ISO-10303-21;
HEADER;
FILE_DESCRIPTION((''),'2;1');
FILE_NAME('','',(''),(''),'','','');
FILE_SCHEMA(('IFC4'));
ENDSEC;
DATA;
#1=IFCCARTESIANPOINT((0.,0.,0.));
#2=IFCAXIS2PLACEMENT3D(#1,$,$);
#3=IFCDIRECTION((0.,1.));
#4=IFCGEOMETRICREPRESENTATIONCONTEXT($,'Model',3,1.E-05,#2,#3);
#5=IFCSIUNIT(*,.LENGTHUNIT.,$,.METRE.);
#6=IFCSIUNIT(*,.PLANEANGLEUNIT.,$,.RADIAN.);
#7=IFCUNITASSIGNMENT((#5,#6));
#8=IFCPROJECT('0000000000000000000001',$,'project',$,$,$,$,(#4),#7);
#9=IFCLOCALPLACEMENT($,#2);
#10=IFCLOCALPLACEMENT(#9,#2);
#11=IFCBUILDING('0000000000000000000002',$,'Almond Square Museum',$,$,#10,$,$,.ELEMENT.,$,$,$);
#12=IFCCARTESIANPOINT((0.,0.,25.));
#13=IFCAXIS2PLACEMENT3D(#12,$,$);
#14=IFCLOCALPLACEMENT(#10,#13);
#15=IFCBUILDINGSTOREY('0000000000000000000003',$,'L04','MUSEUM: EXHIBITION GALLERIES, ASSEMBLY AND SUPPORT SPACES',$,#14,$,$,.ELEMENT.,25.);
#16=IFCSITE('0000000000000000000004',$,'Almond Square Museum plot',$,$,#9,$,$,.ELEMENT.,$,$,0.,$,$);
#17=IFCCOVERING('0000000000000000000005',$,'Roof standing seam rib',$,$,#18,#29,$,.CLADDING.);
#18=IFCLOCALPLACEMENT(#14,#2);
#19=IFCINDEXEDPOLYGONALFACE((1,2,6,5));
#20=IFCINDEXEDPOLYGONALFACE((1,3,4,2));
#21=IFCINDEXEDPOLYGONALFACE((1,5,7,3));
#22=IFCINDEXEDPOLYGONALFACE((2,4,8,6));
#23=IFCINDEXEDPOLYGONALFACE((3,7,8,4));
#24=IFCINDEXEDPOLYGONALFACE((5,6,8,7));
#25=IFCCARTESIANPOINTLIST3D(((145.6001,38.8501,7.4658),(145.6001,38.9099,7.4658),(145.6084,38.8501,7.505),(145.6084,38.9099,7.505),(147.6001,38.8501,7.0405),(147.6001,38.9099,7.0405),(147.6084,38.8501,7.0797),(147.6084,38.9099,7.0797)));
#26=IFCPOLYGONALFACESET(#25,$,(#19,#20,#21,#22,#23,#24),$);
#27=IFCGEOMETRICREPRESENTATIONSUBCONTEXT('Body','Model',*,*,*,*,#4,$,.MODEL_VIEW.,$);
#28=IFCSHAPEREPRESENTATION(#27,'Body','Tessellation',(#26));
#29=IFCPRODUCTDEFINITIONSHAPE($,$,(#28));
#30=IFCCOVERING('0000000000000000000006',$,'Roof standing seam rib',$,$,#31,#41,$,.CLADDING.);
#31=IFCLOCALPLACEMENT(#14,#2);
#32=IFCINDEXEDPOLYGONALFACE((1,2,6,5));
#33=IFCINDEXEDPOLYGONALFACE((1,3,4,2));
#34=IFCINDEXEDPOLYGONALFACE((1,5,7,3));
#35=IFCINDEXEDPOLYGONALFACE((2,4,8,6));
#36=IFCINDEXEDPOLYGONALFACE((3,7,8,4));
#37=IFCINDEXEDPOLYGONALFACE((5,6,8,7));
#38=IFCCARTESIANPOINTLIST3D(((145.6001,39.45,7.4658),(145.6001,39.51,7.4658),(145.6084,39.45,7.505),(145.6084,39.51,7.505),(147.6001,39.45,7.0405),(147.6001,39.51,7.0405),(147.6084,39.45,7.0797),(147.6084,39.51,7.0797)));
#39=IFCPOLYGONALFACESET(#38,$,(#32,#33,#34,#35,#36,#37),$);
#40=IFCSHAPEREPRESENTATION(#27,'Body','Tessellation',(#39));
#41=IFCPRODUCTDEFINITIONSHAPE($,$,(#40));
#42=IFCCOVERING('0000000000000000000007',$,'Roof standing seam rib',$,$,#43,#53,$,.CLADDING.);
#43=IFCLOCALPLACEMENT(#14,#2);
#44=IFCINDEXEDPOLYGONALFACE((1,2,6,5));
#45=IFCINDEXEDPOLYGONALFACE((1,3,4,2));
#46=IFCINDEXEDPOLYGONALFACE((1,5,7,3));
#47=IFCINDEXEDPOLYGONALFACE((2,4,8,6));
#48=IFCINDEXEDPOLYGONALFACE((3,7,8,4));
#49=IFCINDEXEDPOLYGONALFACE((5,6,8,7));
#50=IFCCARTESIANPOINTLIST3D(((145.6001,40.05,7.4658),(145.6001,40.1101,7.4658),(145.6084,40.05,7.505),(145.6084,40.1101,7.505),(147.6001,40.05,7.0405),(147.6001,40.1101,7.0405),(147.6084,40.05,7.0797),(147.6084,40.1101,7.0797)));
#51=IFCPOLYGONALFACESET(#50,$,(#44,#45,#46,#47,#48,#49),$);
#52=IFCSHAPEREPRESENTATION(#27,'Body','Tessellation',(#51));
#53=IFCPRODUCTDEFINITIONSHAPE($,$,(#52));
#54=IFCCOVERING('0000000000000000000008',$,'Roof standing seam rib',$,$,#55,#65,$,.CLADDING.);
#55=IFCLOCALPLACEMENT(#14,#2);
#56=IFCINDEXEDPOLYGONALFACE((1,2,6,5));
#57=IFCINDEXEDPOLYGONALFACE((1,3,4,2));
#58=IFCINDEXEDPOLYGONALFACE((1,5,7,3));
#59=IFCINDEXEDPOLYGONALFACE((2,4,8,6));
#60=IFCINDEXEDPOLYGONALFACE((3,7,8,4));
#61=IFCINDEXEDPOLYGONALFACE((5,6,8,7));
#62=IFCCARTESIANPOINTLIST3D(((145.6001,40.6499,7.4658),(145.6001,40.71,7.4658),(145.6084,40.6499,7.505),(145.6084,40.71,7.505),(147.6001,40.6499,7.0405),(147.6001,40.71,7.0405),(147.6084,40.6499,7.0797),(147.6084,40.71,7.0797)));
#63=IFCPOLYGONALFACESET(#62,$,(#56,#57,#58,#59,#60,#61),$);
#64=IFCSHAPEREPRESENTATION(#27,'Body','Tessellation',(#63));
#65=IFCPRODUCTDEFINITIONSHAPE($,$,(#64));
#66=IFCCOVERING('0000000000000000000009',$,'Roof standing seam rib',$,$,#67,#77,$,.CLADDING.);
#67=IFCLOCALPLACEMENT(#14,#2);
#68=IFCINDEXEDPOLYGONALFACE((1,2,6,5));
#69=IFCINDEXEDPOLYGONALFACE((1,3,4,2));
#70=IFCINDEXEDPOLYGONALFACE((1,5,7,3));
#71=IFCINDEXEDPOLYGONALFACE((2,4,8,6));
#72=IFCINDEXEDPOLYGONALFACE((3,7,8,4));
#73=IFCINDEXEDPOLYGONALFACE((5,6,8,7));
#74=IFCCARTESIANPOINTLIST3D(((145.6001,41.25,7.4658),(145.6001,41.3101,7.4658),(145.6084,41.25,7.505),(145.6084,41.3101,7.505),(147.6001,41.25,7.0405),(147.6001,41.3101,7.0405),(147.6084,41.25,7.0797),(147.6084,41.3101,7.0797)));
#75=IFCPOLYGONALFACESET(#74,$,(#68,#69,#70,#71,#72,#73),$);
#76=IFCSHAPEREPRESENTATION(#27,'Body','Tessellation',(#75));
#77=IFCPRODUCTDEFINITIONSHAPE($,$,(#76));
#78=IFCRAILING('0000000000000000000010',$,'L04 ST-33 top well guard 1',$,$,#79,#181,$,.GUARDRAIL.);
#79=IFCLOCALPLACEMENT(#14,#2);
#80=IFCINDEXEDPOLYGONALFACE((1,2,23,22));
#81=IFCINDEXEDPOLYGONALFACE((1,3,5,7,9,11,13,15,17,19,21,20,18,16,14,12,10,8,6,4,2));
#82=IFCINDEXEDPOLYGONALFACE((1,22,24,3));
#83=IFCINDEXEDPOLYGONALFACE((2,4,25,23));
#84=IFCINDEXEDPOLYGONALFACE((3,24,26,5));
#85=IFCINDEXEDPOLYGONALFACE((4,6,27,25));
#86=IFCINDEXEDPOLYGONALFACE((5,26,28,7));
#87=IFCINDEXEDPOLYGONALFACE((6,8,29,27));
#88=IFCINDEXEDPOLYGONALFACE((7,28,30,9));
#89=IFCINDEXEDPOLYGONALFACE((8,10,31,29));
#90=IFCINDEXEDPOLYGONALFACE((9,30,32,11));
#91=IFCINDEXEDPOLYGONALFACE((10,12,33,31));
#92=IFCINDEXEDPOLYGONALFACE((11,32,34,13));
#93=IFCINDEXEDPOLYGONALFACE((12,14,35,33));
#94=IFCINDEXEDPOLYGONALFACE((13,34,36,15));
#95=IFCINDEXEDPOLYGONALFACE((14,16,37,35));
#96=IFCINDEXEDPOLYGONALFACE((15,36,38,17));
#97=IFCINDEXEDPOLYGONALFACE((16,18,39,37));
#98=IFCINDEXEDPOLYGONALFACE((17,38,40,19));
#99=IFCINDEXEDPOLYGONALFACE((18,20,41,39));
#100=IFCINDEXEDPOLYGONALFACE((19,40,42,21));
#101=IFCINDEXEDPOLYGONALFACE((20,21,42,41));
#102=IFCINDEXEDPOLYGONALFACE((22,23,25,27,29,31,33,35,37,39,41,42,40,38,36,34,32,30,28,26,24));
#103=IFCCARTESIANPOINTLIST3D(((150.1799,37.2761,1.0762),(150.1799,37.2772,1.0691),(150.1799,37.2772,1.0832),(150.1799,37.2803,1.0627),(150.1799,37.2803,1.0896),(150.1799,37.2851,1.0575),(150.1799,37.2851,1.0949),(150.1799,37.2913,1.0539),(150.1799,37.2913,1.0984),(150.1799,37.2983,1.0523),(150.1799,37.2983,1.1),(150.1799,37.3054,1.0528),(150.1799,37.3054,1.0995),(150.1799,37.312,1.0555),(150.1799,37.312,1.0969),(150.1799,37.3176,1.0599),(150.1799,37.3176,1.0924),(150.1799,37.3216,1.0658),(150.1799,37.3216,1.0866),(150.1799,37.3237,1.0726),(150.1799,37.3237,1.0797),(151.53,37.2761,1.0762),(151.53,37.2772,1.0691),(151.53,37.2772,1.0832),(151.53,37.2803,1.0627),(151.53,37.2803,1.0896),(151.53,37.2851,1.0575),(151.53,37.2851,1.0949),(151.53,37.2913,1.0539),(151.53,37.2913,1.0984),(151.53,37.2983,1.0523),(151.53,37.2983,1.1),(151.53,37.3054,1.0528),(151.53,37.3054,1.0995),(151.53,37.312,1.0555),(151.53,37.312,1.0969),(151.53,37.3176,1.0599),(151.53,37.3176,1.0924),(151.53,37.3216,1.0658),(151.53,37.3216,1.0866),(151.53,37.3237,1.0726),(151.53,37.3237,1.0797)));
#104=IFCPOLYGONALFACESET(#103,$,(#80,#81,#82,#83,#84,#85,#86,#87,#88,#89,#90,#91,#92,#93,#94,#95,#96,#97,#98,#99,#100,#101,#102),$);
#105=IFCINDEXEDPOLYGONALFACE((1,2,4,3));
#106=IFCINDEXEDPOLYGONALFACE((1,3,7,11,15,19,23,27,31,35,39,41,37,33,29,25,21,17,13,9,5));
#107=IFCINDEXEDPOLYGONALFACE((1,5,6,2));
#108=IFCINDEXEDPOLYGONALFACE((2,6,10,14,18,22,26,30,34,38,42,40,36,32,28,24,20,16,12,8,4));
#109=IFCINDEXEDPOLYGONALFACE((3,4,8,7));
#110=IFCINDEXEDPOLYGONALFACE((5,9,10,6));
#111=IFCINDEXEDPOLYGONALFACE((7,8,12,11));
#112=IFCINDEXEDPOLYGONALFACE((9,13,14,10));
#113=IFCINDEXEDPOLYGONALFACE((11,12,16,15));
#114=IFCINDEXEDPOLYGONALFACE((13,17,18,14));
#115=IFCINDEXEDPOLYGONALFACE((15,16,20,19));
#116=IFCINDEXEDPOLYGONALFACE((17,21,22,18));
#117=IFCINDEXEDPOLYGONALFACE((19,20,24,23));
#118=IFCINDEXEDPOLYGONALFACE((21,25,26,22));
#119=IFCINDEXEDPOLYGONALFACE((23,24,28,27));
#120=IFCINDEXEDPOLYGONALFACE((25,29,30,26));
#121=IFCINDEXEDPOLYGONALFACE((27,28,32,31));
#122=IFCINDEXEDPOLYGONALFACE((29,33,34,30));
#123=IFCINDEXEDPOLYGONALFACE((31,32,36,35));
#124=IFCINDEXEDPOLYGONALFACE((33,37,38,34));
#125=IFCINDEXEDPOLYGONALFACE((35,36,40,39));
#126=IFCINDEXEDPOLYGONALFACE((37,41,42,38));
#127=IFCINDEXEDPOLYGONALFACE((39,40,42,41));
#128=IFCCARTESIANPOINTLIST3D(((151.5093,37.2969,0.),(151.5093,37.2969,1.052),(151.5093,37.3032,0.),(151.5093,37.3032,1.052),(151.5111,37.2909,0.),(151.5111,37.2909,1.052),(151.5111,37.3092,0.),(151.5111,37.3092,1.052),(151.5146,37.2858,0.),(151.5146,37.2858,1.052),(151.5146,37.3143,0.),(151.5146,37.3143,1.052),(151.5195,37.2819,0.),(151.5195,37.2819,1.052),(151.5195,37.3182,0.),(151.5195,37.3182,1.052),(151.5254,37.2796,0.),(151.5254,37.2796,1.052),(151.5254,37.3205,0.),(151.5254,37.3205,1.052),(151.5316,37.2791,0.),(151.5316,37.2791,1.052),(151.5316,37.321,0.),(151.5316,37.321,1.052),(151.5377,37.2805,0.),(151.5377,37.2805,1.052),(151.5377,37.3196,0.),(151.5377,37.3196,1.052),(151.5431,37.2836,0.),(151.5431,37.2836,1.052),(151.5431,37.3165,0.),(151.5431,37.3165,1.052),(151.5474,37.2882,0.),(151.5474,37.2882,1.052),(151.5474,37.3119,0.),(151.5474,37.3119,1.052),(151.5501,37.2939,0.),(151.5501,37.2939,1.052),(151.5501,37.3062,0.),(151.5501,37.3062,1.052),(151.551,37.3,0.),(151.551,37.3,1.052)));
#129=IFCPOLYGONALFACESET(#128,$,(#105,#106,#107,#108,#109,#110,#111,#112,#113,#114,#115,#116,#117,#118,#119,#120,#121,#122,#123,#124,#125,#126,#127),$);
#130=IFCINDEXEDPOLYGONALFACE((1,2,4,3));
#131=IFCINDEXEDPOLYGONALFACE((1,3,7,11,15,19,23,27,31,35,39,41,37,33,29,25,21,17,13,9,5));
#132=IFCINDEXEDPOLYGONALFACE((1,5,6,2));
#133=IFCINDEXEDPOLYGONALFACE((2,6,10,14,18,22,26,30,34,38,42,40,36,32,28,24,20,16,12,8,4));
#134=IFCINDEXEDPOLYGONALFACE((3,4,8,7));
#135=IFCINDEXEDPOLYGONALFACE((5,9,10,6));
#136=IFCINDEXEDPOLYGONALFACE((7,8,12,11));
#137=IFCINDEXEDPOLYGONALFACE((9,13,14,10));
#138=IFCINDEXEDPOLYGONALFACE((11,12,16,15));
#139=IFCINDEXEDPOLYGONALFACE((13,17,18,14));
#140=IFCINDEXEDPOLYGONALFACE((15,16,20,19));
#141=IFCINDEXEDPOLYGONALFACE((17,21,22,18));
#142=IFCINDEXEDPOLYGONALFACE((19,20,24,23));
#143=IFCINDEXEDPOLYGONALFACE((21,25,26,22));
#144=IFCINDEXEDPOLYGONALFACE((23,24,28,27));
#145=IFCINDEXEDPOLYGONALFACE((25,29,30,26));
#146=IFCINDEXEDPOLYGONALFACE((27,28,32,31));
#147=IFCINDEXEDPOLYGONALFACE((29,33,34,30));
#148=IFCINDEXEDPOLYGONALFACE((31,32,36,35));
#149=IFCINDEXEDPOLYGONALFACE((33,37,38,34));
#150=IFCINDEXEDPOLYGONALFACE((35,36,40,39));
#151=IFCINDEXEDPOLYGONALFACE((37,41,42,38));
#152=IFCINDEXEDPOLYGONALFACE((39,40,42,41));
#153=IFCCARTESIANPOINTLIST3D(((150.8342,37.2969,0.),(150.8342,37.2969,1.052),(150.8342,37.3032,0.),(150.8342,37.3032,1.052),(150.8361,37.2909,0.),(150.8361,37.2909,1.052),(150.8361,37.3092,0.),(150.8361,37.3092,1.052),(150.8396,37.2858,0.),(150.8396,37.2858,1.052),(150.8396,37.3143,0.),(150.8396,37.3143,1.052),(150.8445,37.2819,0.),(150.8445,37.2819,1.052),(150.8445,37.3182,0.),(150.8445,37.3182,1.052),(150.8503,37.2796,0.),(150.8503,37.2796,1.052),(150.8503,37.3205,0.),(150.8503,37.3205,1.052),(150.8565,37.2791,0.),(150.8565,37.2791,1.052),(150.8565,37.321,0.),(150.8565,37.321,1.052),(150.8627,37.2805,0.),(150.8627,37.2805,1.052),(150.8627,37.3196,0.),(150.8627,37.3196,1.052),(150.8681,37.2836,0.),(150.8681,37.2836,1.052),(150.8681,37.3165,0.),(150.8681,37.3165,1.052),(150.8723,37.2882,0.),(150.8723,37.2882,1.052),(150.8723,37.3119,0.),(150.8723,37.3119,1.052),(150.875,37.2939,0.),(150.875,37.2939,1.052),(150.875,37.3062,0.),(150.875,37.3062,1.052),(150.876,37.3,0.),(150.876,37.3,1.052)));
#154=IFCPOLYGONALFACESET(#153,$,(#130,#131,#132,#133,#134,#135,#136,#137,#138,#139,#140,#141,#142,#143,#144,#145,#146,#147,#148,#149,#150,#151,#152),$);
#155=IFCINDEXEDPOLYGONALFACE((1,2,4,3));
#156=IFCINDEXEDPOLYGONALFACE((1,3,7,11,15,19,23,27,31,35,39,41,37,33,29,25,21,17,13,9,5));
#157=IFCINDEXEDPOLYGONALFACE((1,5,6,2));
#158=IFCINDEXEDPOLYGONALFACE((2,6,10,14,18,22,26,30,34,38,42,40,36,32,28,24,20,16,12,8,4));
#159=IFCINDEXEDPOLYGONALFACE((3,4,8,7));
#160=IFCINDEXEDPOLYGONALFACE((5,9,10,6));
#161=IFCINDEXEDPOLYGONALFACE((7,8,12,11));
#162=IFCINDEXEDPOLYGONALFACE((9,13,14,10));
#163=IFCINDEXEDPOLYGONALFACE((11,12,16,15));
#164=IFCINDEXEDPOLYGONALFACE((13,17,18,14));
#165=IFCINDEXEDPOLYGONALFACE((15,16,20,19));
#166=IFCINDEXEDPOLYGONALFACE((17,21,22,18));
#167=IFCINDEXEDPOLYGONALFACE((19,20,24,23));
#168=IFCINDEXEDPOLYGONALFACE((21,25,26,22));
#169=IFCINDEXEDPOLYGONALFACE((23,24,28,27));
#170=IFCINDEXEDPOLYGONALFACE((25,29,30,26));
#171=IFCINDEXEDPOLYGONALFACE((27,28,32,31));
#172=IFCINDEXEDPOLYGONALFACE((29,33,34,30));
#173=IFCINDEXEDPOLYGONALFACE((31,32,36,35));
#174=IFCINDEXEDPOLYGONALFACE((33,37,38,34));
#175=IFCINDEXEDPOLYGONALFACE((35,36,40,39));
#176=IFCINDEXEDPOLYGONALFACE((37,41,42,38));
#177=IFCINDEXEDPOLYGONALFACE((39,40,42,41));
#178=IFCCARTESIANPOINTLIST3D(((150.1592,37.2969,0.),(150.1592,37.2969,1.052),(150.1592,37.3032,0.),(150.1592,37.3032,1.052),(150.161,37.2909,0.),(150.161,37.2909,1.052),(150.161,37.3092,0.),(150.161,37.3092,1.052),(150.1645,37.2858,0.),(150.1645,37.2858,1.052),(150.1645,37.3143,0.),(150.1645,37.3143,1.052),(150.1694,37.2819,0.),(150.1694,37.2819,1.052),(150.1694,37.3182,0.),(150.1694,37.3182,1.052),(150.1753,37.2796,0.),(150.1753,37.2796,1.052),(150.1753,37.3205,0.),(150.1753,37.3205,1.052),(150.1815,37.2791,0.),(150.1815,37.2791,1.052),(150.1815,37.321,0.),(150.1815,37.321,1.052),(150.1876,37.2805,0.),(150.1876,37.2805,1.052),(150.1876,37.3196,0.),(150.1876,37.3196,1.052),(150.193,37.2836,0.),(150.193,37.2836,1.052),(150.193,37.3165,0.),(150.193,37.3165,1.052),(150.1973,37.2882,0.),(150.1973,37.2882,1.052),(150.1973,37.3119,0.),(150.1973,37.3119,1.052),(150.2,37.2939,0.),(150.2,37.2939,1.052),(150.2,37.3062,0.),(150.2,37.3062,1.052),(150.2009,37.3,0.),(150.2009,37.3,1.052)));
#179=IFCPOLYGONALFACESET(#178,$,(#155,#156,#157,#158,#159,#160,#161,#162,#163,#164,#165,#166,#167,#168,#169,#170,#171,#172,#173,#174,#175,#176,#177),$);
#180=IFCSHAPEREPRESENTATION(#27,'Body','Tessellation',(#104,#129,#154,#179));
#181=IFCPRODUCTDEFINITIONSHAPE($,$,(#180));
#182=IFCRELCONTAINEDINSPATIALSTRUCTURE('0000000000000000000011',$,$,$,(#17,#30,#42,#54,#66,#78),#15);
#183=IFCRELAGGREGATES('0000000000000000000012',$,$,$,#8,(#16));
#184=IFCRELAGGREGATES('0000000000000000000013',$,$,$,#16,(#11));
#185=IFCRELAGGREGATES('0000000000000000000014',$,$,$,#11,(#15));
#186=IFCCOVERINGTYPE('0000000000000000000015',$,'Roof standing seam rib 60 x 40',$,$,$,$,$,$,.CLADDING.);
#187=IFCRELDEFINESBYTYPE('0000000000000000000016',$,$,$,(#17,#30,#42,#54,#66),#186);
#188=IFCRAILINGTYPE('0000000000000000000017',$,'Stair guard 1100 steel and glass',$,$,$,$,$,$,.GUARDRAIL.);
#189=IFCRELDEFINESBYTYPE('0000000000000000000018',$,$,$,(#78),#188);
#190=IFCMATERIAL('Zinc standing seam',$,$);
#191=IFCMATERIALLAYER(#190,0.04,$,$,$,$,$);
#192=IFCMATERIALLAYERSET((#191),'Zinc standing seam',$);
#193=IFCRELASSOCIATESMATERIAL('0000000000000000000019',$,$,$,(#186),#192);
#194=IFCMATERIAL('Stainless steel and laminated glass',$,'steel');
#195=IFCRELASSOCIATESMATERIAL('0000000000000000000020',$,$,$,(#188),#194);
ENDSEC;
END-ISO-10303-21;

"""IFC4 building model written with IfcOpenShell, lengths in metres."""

from ifc_helpers import new_model, si_unit, direction, frame, origin, origin_2d, place, context, subcontext, project, spatial, polyline, circle, outline, extrude, material, layer, layer_set, type_object, element, save


model = new_model("IFC4")

# Units and contexts
model_context = context("Model", 3, precision=1e-05, world=origin(), true_north=direction((0.0, 1.0)))
body_context = subcontext(model_context, "Body", "Model", "MODEL_VIEW")
ifc_project = project(units=[si_unit("LENGTHUNIT", "METRE"), si_unit("PLANEANGLEUNIT", "RADIAN")], contexts=[model_context])

# Site, building, storey
site_placement = place(None, origin())
site = spatial("IfcSite", under=ifc_project, at=site_placement, Name="Almond Square Museum plot", CompositionType="ELEMENT", RefElevation=0.0)
building_placement = place(site_placement, origin())
building = spatial("IfcBuilding", under=site, at=building_placement, Name="Almond Square Museum", CompositionType="ELEMENT")
storey_placement = place(building_placement, frame((0.0, 0.0, 25.0)))
storey = spatial("IfcBuildingStorey", under=building, at=storey_placement, Name="L04", Description="MUSEUM: EXHIBITION GALLERIES, ASSEMBLY AND SUPPORT SPACES", CompositionType="ELEMENT", Elevation=25.0)

# Coverings
ifc_material_1 = material(Name="Zinc standing seam")
ifc_layer_1 = layer(ifc_material_1, 0.04)
ifc_layer_set_1 = layer_set([ifc_layer_1], Name="Zinc standing seam")
covering_type = type_object("IfcCoveringType", Name="Roof standing seam rib 60 x 40", PredefinedType="CLADDING", material=ifc_layer_set_1)
covering_placement = place(storey_placement, frame((147.6001, 38.8501, 7.0405), z_axis=(0.207996, 0.0, 0.97813), x_axis=(0.0, 1.0, 0.0)))
element("IfcCovering", 1, at=covering_placement, inside=storey, type_object=covering_type, Name="Roof standing seam rib", PredefinedType="CLADDING", context=body_context, shape_type="SweptSolid", body=[
    extrude(outline(polyline([(0.0, 0.0), (0.0598, 0.0), (0.0598, 2.0447), (0.0, 2.0447), (0.0, 0.0)])), origin(), (0.0, 0.0, 1.0), 0.04),
])
for number, where, z_axis, x_axis, name in (
    (2, (147.6001, 39.45, 7.0405), (0.207996, 0.0, 0.97813), (0.0, 1.0, 0.0), "Roof standing seam rib"),
    (3, (147.6001, 40.05, 7.0405), (0.207996, 0.0, 0.97813), (0.0, 1.0, 0.0), "Roof standing seam rib"),
    (4, (147.6001, 40.6499, 7.0405), (0.207996, 0.0, 0.97813), (0.0, 1.0, 0.0), "Roof standing seam rib"),
    (5, (147.6001, 41.25, 7.0405), (0.207996, 0.0, 0.97813), (0.0, 1.0, 0.0), "Roof standing seam rib"),
):
    element("IfcCovering", number, at=place(storey_placement, frame(where, z_axis=z_axis, x_axis=x_axis)), inside=storey, type_object=covering_type, Name=name, PredefinedType="CLADDING", context=body_context, shape_type="SweptSolid", body=[
        extrude(outline(polyline([(0.0, 0.0), (0.0601, 0.0), (0.0601, 2.0447), (0.0, 2.0447), (0.0, 0.0)])), origin(), (0.0, 0.0, 1.0), 0.04),
    ])

# Railing
ifc_material_2 = material(Name="Stainless steel and laminated glass", Category="steel")
railing_type = type_object("IfcRailingType", Name="Stair guard 1100 steel and glass", PredefinedType="GUARDRAIL", material=ifc_material_2)
for number, where, name in (
    (6, (151.53, 37.3, 0.0), "L04 ST-33 top well guard 1"),
):
    element("IfcRailing", number, at=place(storey_placement, frame(where)), inside=storey, type_object=railing_type, Name=name, PredefinedType="GUARDRAIL", context=body_context, shape_type="SweptSolid", body=[
        extrude(circle(Radius=0.0239, at=origin_2d()), frame((0.0, 0.0, 1.0762), z_axis=(-1.0, 0.0, 0.0), x_axis=(0.0, -1.0, 0.0)), (0.0, 0.0, 1.0), 1.3501),
        extrude(circle(Radius=0.021, at=origin_2d()), origin(), (0.0, 0.0, 1.0), 1.052),
        extrude(circle(Radius=0.021, at=origin_2d()), frame((-0.675, 0.0, 0.0)), (0.0, 0.0, 1.0), 1.052),
        extrude(circle(Radius=0.021, at=origin_2d()), frame((-1.3501, 0.0, 0.0)), (0.0, 0.0, 1.0), 1.052),
    ])

save(model, "model.ifc")
